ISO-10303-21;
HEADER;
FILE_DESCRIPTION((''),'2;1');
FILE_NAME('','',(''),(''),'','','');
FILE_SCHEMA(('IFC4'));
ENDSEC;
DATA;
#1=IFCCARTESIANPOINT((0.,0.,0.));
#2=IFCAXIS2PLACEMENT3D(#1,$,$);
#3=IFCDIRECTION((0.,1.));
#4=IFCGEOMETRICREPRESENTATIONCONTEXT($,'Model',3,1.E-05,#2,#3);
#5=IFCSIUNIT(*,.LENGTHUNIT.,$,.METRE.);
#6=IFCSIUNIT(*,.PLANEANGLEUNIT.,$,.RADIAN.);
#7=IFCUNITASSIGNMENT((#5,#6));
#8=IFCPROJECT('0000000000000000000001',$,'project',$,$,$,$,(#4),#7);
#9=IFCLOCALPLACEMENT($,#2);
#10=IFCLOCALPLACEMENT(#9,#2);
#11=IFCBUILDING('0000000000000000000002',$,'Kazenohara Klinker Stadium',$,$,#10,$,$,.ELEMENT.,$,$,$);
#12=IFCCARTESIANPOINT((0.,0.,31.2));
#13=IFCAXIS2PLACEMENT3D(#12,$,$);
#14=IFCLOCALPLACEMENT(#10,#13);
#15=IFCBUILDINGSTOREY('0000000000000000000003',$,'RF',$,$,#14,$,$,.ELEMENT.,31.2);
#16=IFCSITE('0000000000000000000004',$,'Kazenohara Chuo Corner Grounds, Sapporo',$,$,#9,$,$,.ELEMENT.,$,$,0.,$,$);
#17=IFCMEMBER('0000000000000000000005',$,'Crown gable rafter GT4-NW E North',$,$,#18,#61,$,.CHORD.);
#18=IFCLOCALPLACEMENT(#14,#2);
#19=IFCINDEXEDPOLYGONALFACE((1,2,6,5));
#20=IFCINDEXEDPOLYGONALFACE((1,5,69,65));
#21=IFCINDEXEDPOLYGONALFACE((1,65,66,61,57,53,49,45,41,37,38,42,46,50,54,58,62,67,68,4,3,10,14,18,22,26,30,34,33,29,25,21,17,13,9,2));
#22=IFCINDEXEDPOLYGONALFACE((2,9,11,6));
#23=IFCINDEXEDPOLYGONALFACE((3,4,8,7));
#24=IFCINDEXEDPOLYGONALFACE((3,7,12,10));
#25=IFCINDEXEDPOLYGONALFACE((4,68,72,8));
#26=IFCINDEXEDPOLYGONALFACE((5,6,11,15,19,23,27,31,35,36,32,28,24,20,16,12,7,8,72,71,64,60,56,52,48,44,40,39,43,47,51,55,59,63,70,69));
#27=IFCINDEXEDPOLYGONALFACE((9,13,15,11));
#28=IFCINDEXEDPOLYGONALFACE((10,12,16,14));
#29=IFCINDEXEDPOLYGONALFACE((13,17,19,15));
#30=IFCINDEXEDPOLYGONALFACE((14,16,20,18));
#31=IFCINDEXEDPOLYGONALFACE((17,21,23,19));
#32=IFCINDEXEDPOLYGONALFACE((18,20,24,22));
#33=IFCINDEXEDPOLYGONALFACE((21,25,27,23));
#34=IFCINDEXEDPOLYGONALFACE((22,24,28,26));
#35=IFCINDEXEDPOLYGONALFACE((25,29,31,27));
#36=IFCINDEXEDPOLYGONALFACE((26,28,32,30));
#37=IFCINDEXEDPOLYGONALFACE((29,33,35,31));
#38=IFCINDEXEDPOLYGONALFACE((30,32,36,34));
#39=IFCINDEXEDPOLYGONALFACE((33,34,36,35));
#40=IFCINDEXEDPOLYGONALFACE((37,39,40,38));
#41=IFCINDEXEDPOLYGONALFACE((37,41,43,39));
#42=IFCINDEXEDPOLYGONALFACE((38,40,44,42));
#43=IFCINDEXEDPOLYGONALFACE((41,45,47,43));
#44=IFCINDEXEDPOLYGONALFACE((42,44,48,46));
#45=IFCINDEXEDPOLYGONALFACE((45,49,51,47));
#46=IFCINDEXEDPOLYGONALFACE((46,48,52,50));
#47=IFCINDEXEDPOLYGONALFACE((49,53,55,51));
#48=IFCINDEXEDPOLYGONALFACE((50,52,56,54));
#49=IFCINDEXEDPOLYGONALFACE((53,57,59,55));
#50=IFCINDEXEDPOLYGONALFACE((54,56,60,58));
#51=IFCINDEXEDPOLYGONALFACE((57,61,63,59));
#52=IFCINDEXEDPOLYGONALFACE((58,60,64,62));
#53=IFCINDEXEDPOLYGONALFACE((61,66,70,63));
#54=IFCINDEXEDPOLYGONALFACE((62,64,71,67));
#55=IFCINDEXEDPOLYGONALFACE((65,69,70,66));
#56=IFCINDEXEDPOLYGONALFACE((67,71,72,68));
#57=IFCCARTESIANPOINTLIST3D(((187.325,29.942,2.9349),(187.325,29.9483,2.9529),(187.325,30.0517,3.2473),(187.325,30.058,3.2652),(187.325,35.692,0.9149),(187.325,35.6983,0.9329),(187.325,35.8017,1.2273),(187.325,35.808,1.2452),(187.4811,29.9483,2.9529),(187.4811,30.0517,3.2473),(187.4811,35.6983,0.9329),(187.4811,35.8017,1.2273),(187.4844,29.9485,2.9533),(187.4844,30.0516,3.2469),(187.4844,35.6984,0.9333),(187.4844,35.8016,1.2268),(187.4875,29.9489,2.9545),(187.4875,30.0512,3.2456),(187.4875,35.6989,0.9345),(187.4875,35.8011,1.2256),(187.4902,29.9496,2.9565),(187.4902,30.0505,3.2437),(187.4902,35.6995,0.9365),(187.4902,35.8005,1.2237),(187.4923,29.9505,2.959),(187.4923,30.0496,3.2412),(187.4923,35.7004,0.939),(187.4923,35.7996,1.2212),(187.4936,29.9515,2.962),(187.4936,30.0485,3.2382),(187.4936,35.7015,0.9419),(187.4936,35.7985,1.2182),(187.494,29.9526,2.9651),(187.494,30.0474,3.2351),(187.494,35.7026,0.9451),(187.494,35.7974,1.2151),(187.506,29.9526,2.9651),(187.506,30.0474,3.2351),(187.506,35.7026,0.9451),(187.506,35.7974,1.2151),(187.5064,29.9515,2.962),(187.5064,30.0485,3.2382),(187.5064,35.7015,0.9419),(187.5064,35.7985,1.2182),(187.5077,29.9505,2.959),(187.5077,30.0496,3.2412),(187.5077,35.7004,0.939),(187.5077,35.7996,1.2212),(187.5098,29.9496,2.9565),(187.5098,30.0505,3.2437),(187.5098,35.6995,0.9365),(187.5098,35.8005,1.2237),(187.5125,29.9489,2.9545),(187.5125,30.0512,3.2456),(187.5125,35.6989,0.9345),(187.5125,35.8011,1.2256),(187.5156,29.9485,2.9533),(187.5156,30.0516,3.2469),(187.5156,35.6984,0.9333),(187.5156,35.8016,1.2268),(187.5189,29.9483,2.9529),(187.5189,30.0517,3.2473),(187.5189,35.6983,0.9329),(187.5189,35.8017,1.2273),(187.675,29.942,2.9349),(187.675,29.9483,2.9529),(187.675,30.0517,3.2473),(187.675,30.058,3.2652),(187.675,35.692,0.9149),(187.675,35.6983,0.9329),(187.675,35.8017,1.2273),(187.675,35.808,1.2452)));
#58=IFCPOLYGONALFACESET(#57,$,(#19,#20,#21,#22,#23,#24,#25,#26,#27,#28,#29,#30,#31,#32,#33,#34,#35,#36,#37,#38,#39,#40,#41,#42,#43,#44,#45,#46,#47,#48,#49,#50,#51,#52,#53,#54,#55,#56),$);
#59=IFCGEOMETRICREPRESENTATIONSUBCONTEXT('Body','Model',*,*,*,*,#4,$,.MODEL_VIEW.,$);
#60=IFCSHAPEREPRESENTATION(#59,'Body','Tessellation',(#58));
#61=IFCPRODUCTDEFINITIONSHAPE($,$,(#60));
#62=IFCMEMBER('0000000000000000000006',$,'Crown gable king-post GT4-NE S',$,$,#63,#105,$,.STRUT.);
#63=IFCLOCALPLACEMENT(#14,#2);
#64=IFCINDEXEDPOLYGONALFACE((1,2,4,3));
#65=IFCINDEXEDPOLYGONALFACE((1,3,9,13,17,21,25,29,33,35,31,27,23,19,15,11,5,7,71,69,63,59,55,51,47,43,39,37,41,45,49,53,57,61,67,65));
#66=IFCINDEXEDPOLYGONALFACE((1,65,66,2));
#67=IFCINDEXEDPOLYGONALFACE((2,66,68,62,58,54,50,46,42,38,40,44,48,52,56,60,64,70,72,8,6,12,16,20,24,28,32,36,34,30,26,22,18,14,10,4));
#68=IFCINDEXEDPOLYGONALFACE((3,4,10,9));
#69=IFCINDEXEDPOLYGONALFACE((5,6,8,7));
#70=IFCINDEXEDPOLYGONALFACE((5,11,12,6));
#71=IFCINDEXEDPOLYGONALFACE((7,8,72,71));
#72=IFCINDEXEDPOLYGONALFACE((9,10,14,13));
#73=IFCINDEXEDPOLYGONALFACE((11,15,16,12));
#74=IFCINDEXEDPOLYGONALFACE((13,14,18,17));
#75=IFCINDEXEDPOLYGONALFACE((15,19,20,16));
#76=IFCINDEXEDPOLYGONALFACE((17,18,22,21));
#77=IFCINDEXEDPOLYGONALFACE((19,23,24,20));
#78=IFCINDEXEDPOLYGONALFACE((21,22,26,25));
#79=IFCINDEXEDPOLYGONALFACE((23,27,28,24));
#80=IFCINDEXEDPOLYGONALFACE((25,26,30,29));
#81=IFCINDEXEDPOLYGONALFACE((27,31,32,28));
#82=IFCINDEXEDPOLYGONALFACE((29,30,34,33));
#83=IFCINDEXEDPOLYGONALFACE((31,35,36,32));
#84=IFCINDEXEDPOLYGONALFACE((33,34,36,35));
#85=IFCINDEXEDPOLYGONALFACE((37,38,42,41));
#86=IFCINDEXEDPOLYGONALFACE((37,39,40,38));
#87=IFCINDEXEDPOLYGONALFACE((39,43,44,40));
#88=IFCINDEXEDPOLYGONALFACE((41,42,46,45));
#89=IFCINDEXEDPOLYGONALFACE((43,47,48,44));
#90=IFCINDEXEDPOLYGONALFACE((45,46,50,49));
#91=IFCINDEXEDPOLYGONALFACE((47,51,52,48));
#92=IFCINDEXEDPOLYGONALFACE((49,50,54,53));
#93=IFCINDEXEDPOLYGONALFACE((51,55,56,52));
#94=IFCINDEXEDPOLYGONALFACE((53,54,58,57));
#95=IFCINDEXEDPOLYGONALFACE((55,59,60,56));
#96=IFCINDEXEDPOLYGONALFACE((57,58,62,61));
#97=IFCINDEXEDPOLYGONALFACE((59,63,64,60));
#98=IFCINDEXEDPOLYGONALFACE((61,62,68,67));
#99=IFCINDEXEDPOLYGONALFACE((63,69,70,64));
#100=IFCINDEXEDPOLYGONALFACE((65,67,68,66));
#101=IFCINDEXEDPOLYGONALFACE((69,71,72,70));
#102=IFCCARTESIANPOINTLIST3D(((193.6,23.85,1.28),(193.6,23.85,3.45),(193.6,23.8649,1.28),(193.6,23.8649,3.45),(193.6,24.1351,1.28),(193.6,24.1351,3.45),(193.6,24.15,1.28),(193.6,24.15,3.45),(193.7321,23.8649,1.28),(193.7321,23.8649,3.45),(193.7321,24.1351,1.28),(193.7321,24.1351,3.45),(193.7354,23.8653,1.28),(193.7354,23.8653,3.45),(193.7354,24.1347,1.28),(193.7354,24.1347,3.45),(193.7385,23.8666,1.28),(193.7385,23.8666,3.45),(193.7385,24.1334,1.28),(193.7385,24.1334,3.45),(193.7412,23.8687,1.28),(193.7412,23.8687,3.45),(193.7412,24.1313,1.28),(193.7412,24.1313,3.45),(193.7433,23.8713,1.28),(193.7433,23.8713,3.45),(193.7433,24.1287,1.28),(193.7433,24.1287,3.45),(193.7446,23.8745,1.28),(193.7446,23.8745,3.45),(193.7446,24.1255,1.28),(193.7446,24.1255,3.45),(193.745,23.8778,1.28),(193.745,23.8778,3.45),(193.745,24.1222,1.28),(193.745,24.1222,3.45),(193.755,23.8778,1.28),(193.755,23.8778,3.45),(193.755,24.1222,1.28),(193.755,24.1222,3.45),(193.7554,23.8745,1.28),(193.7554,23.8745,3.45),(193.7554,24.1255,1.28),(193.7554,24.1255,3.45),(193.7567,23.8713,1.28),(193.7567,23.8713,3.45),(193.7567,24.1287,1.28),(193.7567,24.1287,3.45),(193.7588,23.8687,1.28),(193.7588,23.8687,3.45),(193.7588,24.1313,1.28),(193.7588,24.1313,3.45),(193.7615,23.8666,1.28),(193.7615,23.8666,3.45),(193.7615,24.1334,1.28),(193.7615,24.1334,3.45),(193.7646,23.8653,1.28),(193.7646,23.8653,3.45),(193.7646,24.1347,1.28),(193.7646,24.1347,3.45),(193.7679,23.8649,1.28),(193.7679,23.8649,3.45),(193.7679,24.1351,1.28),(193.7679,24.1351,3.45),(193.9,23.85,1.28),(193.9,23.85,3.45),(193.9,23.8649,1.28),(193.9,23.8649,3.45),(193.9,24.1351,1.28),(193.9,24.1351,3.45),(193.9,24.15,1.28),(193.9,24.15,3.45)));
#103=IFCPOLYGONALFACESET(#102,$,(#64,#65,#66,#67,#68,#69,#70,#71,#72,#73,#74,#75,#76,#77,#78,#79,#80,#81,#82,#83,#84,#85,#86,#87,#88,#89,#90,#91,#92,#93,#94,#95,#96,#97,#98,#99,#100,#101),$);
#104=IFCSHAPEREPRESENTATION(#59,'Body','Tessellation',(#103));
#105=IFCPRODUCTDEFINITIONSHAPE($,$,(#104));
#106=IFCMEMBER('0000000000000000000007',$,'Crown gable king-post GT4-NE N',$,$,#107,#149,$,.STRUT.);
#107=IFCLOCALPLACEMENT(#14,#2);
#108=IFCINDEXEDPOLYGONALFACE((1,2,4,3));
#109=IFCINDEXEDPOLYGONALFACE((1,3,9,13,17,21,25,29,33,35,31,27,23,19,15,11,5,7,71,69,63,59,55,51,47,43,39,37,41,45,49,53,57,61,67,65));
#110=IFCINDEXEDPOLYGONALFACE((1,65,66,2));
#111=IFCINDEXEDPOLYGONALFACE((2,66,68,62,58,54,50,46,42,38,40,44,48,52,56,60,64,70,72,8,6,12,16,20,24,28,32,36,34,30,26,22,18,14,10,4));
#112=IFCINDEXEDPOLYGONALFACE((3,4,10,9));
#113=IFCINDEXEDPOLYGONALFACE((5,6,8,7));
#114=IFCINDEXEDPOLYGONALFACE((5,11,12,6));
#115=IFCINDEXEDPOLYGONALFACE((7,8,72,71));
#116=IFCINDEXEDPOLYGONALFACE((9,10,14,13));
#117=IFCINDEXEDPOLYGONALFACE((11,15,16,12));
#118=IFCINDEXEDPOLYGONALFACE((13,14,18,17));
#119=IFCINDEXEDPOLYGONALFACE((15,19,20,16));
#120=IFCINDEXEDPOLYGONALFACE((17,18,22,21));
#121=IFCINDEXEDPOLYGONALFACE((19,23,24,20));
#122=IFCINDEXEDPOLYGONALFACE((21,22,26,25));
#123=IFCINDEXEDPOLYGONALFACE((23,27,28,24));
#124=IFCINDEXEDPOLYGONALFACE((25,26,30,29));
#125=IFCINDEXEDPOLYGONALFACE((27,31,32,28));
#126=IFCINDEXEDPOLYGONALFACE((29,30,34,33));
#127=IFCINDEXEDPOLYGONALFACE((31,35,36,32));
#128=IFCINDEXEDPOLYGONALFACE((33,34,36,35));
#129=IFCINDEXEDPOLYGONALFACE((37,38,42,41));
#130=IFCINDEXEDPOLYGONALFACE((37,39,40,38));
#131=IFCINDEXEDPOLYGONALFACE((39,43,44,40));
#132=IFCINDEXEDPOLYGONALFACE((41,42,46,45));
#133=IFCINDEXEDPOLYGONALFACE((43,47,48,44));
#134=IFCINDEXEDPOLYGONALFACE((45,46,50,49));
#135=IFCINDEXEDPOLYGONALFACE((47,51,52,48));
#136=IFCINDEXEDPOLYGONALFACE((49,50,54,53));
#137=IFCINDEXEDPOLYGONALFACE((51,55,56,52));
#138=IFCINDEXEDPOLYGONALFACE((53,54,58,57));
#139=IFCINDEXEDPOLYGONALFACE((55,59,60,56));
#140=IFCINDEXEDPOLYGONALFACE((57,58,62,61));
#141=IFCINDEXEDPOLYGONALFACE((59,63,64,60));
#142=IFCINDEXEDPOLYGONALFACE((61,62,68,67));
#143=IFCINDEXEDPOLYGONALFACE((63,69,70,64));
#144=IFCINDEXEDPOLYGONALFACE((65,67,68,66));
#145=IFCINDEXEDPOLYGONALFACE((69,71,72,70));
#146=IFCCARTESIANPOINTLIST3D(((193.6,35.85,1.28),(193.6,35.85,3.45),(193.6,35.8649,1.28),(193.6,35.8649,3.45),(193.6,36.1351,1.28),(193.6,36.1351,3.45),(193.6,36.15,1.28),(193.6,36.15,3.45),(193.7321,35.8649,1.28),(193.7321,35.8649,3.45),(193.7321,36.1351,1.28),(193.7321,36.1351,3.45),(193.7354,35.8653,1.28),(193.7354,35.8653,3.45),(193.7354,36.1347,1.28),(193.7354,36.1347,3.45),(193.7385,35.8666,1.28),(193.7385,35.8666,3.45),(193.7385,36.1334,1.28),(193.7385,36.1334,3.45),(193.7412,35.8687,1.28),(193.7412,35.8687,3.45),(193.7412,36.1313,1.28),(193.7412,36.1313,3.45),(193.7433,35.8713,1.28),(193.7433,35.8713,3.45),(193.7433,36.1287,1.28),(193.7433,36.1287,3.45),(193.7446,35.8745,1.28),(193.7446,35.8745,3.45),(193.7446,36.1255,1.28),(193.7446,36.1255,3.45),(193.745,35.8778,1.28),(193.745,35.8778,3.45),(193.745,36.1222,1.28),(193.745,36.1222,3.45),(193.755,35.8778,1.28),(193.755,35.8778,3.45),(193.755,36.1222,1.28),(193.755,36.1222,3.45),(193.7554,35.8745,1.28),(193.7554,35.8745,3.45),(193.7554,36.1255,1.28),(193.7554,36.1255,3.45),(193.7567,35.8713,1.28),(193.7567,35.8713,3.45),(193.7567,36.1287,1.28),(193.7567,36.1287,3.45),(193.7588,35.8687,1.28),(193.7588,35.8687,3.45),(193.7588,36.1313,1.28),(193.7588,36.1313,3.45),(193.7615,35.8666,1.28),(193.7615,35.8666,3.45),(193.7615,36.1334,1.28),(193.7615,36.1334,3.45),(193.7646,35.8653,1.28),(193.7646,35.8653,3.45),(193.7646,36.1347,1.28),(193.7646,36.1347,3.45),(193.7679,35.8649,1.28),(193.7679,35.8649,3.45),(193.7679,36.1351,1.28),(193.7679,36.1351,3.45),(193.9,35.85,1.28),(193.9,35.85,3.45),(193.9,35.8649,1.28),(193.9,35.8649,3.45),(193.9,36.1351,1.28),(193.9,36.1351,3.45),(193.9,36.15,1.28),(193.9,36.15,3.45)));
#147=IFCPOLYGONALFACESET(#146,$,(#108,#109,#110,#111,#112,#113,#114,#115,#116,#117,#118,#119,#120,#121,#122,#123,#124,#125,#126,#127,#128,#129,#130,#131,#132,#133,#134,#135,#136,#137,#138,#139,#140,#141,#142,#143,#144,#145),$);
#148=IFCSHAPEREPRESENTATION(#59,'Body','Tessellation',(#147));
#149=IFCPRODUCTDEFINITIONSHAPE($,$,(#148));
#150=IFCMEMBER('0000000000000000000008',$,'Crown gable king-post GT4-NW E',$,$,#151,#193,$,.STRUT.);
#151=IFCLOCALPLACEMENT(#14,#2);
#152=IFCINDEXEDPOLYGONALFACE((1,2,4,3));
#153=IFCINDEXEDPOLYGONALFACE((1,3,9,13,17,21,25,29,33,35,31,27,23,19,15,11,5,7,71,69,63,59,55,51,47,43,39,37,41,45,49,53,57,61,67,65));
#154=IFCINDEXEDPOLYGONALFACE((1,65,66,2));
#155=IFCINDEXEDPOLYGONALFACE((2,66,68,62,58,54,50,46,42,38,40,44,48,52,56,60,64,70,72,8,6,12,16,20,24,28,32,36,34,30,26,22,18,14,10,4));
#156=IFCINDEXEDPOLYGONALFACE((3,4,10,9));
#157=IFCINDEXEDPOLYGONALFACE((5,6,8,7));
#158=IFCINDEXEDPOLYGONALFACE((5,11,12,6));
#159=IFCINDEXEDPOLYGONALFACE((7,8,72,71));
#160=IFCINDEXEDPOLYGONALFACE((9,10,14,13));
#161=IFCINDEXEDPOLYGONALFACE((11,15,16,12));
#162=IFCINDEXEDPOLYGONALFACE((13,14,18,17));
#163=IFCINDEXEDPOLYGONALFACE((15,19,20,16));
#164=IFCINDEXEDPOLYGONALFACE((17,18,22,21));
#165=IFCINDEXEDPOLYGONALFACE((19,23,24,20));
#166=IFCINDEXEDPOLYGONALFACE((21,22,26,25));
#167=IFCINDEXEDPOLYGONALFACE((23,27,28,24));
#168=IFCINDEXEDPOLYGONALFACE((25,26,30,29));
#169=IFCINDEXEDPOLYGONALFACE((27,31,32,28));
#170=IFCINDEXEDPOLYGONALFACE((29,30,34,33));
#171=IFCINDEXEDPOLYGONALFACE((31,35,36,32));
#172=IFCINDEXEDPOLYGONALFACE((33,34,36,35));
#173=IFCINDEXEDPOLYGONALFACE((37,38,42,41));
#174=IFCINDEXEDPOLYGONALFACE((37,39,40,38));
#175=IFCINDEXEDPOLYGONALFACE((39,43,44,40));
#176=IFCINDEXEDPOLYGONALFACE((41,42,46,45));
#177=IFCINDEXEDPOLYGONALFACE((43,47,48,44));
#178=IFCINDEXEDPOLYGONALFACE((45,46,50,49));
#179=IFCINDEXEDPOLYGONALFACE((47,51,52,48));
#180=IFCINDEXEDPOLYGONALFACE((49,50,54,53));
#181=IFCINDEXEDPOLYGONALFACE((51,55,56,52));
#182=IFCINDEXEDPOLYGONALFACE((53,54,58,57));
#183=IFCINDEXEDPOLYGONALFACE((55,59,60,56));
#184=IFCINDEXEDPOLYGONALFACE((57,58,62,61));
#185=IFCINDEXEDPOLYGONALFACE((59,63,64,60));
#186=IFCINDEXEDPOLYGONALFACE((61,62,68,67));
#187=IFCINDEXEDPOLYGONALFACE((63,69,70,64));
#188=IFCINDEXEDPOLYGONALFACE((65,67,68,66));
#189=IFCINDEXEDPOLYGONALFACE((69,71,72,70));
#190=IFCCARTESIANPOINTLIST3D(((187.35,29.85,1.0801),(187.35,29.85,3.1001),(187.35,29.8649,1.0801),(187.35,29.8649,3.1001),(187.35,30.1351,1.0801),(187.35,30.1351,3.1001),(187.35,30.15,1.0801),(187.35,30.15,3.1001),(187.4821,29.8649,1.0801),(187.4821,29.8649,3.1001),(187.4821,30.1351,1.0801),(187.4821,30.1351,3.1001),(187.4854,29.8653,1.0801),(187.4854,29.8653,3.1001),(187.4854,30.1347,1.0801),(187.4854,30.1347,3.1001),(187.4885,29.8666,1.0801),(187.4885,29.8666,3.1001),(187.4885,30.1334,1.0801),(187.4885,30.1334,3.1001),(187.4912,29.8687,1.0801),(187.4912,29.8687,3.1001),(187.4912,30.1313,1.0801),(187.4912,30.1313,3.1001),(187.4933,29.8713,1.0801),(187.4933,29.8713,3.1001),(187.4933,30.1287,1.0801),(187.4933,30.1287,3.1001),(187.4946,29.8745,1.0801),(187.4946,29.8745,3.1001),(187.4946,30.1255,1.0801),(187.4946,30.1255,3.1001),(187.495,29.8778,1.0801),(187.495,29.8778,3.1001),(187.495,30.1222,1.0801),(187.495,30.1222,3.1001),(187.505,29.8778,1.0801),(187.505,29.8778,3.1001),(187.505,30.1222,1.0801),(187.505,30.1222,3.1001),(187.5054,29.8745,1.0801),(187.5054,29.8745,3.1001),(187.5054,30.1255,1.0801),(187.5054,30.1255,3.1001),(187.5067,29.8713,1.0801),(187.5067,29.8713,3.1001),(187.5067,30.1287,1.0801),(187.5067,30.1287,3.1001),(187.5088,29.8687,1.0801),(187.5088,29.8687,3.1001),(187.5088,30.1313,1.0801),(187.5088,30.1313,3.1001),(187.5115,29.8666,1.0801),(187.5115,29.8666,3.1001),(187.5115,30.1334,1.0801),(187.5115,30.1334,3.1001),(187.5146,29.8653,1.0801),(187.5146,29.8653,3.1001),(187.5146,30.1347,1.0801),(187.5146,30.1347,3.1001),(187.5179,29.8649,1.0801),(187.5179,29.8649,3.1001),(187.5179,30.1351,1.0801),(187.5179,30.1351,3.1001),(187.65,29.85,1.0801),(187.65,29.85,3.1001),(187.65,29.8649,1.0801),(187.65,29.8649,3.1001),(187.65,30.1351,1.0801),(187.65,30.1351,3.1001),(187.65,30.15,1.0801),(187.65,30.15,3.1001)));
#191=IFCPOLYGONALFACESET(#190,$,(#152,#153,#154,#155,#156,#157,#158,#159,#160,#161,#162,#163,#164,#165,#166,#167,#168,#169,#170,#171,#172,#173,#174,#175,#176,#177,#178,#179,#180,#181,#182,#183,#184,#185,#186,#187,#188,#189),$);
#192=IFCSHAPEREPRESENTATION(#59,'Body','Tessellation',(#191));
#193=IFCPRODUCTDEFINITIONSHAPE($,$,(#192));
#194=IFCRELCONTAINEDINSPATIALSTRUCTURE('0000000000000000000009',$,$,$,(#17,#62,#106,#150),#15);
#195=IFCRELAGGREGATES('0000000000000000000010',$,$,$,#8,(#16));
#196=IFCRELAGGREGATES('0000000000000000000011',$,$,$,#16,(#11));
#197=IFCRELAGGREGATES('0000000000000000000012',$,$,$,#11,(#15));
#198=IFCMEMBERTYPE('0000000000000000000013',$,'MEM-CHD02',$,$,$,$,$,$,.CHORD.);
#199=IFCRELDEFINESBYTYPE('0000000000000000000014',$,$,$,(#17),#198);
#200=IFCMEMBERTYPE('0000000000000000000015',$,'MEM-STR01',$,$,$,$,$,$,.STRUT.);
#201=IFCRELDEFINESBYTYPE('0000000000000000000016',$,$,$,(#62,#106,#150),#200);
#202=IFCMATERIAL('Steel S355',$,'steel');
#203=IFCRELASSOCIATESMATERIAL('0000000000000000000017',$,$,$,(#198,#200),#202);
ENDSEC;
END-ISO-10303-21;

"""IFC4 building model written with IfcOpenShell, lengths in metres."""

from ifc_helpers import new_model, si_unit, direction, frame, origin, origin_2d, place, context, subcontext, project, spatial, i_section, extrude, material, material_profile, profile_set, type_object, element, save


model = new_model("IFC4")

# Units and contexts
model_context = context("Model", 3, precision=1e-05, world=origin(), true_north=direction((0.0, 1.0)))
body_context = subcontext(model_context, "Body", "Model", "MODEL_VIEW")
ifc_project = project(units=[si_unit("LENGTHUNIT", "METRE"), si_unit("PLANEANGLEUNIT", "RADIAN")], contexts=[model_context])

# Site, building, storey
site_placement = place(None, origin())
site = spatial("IfcSite", under=ifc_project, at=site_placement, Name="Kazenohara Chuo Corner Grounds, Sapporo", CompositionType="ELEMENT", RefElevation=0.0)
building_placement = place(site_placement, origin())
building = spatial("IfcBuilding", under=site, at=building_placement, Name="Kazenohara Klinker Stadium", CompositionType="ELEMENT")
storey_placement = place(building_placement, frame((0.0, 0.0, 31.2)))
storey = spatial("IfcBuildingStorey", under=building, at=storey_placement, Name="RF", CompositionType="ELEMENT", Elevation=31.2)

# Members
ifc_material_1 = material(Name="Steel S355", Category="steel")
ifc_material_profile_1 = material_profile(ifc_material_1, i_section(OverallWidth=0.3501, OverallDepth=0.3501, WebThickness=0.012, FlangeThickness=0.019, FilletRadius=0.0129, at=origin_2d()), Name="H-350x350x12x19")
ifc_profile_set_1 = profile_set([ifc_material_profile_1], Name="Steel S355")
member_type_1 = type_object("IfcMemberType", Name="MEM-CHD02", PredefinedType="CHORD", material=ifc_profile_set_1)
for number, where, z_axis, x_axis, name in (
    (1, (187.5, 35.75, 1.0801), (0.0, -0.943473, 0.331449), (1.0, 0.0, 0.0), "Crown gable rafter GT4-NW E North"),
):
    element("IfcMember", number, at=place(storey_placement, frame(where, z_axis=z_axis, x_axis=x_axis)), inside=storey, type_object=member_type_1, Name=name, PredefinedType="CHORD", context=body_context, shape_type="SweptSolid", body=[
        extrude(i_section(OverallWidth=0.3501, OverallDepth=0.3501, WebThickness=0.012, FlangeThickness=0.019, FilletRadius=0.0129, at=origin_2d()), origin(), (0.0, 0.0, 1.0), 6.0945),
    ])
ifc_material_profile_2 = material_profile(ifc_material_1, i_section(OverallWidth=0.3, OverallDepth=0.3, WebThickness=0.01, FlangeThickness=0.0149, FilletRadius=0.0129, at=origin_2d()), Name="H-300x300x10x15")
ifc_profile_set_2 = profile_set([ifc_material_profile_2], Name="Steel S355")
member_type_2 = type_object("IfcMemberType", Name="MEM-STR01", PredefinedType="STRUT", material=ifc_profile_set_2)
for number, where, z_axis, x_axis, name in (
    (2, (193.75, 24.0, 1.28), (0.0, 0.0, 1.0), (1.0, 0.0, 0.0), "Crown gable king-post GT4-NE S"),
    (3, (193.75, 36.0, 1.28), (0.0, 0.0, 1.0), (1.0, 0.0, 0.0), "Crown gable king-post GT4-NE N"),
):
    element("IfcMember", number, at=place(storey_placement, frame(where, z_axis=z_axis, x_axis=x_axis)), inside=storey, type_object=member_type_2, Name=name, PredefinedType="STRUT", context=body_context, shape_type="SweptSolid", body=[
        extrude(i_section(OverallWidth=0.3, OverallDepth=0.3, WebThickness=0.01, FlangeThickness=0.0149, FilletRadius=0.0129, at=origin_2d()), origin(), (0.0, 0.0, 1.0), 2.1699),
    ])
member_1_placement = place(storey_placement, frame((187.5, 30.0, 1.0801), z_axis=(0.0, 0.0, 1.0), x_axis=(1.0, 0.0, 0.0)))
element("IfcMember", 4, at=member_1_placement, inside=storey, type_object=member_type_2, Name="Crown gable king-post GT4-NW E", PredefinedType="STRUT", context=body_context, shape_type="SweptSolid", body=[
    extrude(i_section(OverallWidth=0.3, OverallDepth=0.3, WebThickness=0.01, FlangeThickness=0.0149, FilletRadius=0.0129, at=origin_2d()), origin(), (0.0, 0.0, 1.0), 2.02),
])

save(model, "model.ifc")
